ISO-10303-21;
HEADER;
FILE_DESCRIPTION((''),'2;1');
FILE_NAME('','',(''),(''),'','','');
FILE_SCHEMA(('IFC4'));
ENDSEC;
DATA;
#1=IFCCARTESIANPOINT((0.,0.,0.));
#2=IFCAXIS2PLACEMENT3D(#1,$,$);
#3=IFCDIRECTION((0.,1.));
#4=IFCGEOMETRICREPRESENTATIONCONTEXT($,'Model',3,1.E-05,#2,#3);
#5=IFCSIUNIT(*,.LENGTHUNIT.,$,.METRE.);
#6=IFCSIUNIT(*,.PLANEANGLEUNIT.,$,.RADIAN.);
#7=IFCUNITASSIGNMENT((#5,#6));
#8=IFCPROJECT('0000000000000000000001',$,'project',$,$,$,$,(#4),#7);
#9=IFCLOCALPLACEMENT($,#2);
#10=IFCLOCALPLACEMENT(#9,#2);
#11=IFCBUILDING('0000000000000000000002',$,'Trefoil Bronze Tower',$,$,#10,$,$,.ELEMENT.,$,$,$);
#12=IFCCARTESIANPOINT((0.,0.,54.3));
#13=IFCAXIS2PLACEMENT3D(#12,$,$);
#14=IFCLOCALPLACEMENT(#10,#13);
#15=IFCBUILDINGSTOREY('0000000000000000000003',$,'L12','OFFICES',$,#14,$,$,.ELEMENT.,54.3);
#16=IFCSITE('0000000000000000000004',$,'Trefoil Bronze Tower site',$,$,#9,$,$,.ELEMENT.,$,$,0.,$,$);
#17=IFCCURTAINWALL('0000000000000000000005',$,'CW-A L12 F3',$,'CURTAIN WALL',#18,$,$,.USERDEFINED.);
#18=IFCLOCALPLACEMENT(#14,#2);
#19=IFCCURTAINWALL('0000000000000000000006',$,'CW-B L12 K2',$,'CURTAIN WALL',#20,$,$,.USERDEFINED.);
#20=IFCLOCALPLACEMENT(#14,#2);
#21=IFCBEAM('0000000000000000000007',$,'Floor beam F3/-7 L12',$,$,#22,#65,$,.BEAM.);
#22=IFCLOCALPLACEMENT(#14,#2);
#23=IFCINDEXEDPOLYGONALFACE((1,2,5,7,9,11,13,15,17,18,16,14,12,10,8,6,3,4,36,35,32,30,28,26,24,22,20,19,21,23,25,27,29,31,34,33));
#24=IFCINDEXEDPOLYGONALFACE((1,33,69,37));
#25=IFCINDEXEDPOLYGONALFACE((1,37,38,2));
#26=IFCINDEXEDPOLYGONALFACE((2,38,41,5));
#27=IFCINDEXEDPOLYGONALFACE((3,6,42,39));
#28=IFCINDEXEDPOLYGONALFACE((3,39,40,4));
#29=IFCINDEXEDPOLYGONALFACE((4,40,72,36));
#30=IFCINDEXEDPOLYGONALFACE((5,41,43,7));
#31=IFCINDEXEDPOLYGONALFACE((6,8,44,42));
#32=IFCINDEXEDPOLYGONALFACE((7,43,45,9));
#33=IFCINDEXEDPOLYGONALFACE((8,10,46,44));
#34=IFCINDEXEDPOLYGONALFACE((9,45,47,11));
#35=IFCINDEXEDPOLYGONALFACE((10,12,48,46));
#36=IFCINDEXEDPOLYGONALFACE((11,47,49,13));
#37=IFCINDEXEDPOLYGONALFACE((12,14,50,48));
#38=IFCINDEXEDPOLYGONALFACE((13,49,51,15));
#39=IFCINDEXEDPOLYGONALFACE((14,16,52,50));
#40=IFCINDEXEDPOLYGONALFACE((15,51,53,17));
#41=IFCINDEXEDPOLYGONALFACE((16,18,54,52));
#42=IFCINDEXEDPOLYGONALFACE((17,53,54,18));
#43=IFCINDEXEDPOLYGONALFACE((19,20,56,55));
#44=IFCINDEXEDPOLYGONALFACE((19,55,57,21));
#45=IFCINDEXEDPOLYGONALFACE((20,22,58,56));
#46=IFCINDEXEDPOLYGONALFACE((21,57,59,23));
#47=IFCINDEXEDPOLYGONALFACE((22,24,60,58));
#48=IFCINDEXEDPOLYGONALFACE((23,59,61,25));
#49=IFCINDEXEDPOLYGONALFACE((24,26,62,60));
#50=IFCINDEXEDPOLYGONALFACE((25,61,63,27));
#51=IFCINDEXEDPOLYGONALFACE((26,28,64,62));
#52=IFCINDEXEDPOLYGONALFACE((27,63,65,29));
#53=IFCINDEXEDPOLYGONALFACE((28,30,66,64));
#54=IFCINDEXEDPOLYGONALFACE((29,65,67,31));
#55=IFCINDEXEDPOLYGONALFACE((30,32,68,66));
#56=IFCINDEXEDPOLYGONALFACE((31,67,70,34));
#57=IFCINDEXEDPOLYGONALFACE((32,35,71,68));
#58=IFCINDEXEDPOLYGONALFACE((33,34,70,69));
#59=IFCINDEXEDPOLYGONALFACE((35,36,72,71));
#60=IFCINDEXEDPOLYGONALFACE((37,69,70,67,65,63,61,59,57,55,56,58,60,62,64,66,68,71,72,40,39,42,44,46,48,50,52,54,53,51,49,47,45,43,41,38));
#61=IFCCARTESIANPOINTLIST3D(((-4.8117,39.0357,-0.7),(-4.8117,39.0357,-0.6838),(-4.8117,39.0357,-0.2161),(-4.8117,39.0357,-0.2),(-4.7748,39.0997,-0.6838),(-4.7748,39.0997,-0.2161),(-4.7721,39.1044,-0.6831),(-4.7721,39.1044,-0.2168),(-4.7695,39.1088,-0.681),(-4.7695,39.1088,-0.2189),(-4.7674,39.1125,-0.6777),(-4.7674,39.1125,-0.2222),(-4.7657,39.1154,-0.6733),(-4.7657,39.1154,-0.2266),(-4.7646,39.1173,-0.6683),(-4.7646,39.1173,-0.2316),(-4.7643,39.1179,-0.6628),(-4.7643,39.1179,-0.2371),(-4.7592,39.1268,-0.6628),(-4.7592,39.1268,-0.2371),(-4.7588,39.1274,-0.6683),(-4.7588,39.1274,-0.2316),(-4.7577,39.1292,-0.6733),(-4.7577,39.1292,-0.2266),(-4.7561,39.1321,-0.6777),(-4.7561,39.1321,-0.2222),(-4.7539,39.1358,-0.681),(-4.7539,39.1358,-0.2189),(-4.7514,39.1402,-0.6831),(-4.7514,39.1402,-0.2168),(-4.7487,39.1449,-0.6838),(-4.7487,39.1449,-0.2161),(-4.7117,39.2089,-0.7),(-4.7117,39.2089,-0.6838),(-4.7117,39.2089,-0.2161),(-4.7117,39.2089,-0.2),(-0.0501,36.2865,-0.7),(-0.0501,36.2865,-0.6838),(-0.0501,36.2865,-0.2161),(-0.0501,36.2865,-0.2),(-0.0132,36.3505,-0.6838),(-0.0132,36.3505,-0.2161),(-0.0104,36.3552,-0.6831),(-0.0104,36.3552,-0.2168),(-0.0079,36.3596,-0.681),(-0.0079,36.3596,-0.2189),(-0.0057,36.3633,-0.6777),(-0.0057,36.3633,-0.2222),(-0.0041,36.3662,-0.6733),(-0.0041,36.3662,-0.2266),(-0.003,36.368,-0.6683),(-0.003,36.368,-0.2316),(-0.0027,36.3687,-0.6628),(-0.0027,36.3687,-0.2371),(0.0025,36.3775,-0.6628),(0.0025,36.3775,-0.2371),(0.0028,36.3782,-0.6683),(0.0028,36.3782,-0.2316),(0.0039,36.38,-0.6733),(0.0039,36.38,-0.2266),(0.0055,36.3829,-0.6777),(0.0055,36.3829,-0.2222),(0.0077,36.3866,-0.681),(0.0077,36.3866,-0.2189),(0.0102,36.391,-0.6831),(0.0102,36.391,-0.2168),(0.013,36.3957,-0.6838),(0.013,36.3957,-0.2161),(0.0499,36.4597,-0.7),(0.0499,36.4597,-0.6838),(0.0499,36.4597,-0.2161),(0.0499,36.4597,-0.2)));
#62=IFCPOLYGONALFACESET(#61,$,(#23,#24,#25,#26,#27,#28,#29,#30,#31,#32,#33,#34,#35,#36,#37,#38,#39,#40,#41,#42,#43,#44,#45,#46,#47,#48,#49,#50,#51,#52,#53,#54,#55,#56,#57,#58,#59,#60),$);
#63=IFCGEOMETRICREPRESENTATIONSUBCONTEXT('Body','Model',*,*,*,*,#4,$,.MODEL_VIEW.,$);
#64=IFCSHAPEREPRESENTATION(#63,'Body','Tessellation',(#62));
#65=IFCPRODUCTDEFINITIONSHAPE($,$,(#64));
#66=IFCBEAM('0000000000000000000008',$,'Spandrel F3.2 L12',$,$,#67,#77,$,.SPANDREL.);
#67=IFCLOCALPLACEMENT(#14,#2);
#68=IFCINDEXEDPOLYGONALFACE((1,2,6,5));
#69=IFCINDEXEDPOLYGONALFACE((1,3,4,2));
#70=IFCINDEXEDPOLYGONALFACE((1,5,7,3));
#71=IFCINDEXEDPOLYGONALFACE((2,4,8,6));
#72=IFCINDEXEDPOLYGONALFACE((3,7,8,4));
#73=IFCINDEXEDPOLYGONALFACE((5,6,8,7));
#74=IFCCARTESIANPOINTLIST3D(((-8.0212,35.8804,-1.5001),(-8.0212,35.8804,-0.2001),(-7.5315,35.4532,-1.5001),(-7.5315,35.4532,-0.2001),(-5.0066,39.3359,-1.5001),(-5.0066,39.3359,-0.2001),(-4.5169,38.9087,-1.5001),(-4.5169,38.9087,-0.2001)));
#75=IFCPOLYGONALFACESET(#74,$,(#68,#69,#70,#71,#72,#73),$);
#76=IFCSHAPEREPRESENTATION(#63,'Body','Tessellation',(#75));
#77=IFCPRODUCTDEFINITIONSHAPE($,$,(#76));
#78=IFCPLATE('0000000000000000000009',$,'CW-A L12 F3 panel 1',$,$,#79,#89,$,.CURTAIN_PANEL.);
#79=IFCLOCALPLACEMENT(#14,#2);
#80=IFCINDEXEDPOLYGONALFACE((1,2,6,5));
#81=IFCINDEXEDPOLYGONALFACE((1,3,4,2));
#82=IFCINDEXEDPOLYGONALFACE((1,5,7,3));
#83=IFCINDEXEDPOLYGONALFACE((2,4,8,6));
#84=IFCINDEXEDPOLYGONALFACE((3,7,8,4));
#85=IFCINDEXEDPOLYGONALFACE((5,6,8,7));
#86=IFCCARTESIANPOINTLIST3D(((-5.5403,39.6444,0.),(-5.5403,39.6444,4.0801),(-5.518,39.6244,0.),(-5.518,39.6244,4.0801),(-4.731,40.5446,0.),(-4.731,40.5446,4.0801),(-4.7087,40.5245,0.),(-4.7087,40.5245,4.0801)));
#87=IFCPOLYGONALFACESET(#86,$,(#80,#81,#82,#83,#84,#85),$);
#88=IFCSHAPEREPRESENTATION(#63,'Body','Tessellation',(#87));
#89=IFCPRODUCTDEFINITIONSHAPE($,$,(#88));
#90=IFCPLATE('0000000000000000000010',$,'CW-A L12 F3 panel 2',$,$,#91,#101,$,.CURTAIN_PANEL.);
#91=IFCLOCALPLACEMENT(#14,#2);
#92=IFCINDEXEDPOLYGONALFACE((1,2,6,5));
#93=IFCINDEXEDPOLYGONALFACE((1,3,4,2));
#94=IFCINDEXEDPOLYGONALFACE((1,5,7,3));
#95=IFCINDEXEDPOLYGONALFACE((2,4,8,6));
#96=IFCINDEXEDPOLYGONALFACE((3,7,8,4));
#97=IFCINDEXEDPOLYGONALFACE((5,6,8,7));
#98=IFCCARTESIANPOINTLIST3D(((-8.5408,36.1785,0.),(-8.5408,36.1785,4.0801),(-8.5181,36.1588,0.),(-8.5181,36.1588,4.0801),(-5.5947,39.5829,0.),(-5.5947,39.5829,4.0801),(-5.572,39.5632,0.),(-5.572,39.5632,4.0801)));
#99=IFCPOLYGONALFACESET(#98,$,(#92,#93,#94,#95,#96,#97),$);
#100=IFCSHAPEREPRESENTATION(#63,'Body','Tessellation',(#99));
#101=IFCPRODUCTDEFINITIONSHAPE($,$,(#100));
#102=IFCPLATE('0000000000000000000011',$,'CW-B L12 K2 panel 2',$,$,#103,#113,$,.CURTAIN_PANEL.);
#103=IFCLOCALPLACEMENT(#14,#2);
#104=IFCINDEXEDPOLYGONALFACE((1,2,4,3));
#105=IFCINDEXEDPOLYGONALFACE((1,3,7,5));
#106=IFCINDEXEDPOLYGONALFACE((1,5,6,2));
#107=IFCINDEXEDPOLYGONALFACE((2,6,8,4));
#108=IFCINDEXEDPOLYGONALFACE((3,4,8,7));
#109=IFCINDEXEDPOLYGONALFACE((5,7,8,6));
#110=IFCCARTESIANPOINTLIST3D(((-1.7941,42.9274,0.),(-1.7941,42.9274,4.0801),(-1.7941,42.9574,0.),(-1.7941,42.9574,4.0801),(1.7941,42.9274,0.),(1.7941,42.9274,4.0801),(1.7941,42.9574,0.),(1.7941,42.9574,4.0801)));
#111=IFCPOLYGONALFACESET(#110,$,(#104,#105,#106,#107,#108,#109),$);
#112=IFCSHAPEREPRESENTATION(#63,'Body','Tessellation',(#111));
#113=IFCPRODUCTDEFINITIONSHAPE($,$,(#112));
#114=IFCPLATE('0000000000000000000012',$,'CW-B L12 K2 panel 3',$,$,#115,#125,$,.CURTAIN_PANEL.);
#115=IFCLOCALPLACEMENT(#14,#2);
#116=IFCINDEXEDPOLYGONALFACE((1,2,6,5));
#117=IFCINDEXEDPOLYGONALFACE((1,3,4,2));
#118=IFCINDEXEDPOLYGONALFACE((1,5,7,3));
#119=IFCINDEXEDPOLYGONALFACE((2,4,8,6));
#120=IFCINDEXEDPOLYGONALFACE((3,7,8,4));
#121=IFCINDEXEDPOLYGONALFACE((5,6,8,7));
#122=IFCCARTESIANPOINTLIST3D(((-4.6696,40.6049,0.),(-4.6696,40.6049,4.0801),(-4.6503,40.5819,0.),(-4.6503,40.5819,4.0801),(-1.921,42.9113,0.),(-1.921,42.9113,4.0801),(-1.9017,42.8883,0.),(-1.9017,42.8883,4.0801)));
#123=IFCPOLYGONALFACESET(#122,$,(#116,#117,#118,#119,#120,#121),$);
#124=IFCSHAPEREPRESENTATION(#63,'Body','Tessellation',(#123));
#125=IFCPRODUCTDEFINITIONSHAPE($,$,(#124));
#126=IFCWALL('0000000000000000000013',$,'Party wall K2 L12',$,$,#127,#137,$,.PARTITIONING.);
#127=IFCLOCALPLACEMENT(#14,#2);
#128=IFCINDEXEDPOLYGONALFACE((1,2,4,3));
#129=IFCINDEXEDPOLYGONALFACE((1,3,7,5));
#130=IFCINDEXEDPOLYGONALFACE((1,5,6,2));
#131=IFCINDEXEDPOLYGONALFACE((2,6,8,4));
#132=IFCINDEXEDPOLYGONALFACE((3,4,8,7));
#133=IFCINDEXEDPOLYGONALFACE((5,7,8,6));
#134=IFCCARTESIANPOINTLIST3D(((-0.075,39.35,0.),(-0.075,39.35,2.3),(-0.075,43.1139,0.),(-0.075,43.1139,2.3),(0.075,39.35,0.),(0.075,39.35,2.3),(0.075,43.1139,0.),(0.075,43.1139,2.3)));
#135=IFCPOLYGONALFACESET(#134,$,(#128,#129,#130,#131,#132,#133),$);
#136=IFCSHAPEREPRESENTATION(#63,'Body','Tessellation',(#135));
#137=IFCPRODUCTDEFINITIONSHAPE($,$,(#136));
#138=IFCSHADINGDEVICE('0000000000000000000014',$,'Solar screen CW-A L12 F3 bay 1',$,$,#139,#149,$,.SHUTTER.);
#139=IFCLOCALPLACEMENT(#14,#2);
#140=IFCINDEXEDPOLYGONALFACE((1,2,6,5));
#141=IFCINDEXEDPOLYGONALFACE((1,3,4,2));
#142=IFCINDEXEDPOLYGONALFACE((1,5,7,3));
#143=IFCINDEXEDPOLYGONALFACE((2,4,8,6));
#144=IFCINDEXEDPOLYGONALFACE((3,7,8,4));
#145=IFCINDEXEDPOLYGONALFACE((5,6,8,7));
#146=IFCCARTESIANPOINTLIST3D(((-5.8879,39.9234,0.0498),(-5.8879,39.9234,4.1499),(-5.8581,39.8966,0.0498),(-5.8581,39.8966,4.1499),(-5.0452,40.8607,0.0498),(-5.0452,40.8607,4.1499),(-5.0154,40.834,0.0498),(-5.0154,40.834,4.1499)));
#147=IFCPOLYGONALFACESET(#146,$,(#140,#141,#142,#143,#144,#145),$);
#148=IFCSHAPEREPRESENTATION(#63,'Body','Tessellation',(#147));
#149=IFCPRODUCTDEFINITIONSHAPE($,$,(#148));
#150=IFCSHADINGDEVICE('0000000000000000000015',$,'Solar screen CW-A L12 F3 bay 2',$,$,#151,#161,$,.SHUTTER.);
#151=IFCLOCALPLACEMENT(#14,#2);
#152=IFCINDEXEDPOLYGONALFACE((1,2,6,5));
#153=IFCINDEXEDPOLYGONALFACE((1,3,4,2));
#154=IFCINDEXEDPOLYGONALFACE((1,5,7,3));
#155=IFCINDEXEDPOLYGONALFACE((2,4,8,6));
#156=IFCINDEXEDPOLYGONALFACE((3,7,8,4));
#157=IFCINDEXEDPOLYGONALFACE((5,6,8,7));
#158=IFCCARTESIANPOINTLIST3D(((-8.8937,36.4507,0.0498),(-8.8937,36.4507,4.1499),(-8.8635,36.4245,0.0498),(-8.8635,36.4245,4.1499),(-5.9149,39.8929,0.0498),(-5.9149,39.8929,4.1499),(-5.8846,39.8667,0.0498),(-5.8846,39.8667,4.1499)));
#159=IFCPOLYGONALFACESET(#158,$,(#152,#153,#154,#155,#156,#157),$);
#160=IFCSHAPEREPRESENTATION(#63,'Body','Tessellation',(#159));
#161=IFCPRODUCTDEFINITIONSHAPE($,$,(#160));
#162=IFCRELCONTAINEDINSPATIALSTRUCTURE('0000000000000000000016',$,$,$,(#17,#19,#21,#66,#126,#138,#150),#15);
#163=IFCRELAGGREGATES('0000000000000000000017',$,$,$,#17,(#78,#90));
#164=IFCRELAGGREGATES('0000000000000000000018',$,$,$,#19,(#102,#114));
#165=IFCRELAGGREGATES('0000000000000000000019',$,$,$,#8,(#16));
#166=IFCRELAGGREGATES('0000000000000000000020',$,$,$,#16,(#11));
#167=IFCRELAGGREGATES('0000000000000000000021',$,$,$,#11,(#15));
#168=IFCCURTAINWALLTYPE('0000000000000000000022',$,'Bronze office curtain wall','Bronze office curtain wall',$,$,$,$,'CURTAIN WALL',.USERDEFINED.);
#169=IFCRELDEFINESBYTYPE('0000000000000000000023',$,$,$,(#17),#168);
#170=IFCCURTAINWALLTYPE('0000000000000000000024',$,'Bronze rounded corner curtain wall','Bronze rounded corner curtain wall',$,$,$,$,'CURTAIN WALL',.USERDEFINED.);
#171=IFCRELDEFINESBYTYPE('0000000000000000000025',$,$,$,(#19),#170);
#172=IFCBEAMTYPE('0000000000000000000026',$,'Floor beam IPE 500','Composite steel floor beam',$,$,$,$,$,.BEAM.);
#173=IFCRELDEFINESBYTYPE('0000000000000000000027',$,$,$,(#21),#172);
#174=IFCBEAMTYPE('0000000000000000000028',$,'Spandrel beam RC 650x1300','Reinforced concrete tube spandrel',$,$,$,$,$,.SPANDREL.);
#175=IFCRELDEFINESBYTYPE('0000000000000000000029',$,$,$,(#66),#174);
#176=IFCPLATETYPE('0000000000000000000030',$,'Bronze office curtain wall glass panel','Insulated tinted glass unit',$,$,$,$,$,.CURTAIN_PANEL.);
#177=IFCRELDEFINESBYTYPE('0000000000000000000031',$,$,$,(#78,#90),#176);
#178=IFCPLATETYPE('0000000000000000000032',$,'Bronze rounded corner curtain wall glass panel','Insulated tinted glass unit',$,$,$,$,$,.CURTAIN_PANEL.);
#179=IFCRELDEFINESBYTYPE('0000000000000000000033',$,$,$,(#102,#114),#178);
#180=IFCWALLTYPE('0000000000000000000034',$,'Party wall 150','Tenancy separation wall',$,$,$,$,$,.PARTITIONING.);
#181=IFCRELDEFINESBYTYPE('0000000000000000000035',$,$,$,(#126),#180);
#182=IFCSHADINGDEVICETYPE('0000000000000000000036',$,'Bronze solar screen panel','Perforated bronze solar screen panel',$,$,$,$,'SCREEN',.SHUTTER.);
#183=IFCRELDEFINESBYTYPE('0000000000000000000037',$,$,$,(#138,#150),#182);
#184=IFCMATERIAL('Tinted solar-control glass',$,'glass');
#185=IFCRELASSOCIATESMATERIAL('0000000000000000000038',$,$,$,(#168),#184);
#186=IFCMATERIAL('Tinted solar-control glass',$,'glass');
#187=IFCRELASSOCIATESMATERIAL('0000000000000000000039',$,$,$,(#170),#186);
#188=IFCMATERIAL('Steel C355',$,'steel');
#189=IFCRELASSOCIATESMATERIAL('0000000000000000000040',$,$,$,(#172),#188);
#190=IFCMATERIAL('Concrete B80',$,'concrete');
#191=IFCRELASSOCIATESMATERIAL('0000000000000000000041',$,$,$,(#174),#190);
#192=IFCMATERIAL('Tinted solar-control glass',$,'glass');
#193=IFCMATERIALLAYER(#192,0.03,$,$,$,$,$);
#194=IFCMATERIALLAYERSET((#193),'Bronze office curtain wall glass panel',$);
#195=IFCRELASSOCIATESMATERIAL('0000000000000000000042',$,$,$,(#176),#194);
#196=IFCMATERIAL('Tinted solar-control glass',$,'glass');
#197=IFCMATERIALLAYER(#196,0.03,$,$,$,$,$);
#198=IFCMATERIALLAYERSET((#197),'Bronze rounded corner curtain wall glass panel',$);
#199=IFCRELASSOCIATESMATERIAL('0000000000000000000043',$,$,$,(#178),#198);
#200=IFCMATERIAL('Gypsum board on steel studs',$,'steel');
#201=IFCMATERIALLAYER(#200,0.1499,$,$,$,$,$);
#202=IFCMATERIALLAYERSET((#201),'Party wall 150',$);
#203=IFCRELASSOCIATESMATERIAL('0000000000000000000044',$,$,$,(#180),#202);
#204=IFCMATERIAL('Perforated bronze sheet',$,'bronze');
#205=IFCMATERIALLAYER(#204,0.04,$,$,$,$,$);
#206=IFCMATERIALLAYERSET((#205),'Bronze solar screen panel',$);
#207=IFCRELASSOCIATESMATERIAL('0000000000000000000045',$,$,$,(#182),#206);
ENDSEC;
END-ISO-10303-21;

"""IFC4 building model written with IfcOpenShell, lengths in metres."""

from ifc_helpers import new_model, si_unit, direction, frame, frame_2d, origin, origin_2d, place, context, subcontext, project, spatial, rectangle, i_section, extrude, material, layer, layer_set, material_profile, profile_set, type_object, element, aggregate, save


model = new_model("IFC4")

# Units and contexts
model_context = context("Model", 3, precision=1e-05, world=origin(), true_north=direction((0.0, 1.0)))
body_context = subcontext(model_context, "Body", "Model", "MODEL_VIEW")
ifc_project = project(units=[si_unit("LENGTHUNIT", "METRE"), si_unit("PLANEANGLEUNIT", "RADIAN")], contexts=[model_context])

# Site, building, storey
site_placement = place(None, origin())
site = spatial("IfcSite", under=ifc_project, at=site_placement, Name="Trefoil Bronze Tower site", CompositionType="ELEMENT", RefElevation=0.0)
building_placement = place(site_placement, origin())
building = spatial("IfcBuilding", under=site, at=building_placement, Name="Trefoil Bronze Tower", CompositionType="ELEMENT")
storey_placement = place(building_placement, frame((0.0, 0.0, 54.3)))
storey = spatial("IfcBuildingStorey", under=building, at=storey_placement, Name="L12", Description="OFFICES", CompositionType="ELEMENT", Elevation=54.3)

# Curtain walls
ifc_material_1 = material(Name="Tinted solar-control glass", Category="glass")
curtain_wall_type_1 = type_object("IfcCurtainWallType", Name="Bronze office curtain wall", Description="Bronze office curtain wall", ElementType="CURTAIN WALL", PredefinedType="USERDEFINED", material=ifc_material_1)
curtain_wall_1_placement = place(storey_placement, origin())
curtain_wall_1 = element("IfcCurtainWall", 1, at=curtain_wall_1_placement, inside=storey, type_object=curtain_wall_type_1, Name="CW-A L12 F3", ObjectType="CURTAIN WALL", PredefinedType="USERDEFINED")
ifc_material_2 = material(Name="Tinted solar-control glass", Category="glass")
curtain_wall_type_2 = type_object("IfcCurtainWallType", Name="Bronze rounded corner curtain wall", Description="Bronze rounded corner curtain wall", ElementType="CURTAIN WALL", PredefinedType="USERDEFINED", material=ifc_material_2)
curtain_wall_2_placement = place(storey_placement, origin())
curtain_wall_2 = element("IfcCurtainWall", 2, at=curtain_wall_2_placement, inside=storey, type_object=curtain_wall_type_2, Name="CW-B L12 K2", ObjectType="CURTAIN WALL", PredefinedType="USERDEFINED")

# Beams
ifc_material_3 = material(Name="Steel C355", Category="steel")
ifc_material_profile_1 = material_profile(ifc_material_3, i_section(OverallWidth=0.2, OverallDepth=0.5, WebThickness=0.0103, FlangeThickness=0.0161, FilletRadius=0.021, at=origin_2d()), Name="IPE 500")
ifc_profile_set_1 = profile_set([ifc_material_profile_1], Name="Steel C355")
beam_type_1 = type_object("IfcBeamType", Name="Floor beam IPE 500", Description="Composite steel floor beam", PredefinedType="BEAM", material=ifc_profile_set_1)
beam_1_placement = place(storey_placement, frame((-4.7617, 39.1223, -0.45), z_axis=(0.866018, -0.500012, 0.0), x_axis=(0.500012, 0.866018, 0.0)))
element("IfcBeam", 3, at=beam_1_placement, inside=storey, type_object=beam_type_1, Name="Floor beam F3/-7 L12", PredefinedType="BEAM", context=body_context, shape_type="SweptSolid", body=[
    extrude(i_section(OverallWidth=0.2, OverallDepth=0.5, WebThickness=0.0103, FlangeThickness=0.0161, FilletRadius=0.021, at=origin_2d()), origin(), (0.0, 0.0, 1.0), 5.4983),
])
ifc_material_4 = material(Name="Concrete B80", Category="concrete")
ifc_material_profile_2 = material_profile(ifc_material_4, rectangle(XDim=0.6499, YDim=1.3, at=origin_2d()), Name="RC 650x1300")
ifc_profile_set_2 = profile_set([ifc_material_profile_2], Name="Concrete B80")
beam_type_2 = type_object("IfcBeamType", Name="Spandrel beam RC 650x1300", Description="Reinforced concrete tube spandrel", PredefinedType="SPANDREL", material=ifc_profile_set_2)
beam_2_placement = place(storey_placement, frame((-4.7617, 39.1223, -0.8501), z_axis=(-0.657396, -0.753545, 0.0), x_axis=(0.753545, -0.657396, 0.0)))
element("IfcBeam", 4, at=beam_2_placement, inside=storey, type_object=beam_type_2, Name="Spandrel F3.2 L12", PredefinedType="SPANDREL", context=body_context, shape_type="SweptSolid", body=[
    extrude(rectangle(XDim=0.6499, YDim=1.3, at=origin_2d()), origin(), (0.0, 0.0, 1.0), 4.5857),
])

# Plates
ifc_material_5 = material(Name="Tinted solar-control glass", Category="glass")
ifc_layer_1 = layer(ifc_material_5, 0.03)
ifc_layer_set_1 = layer_set([ifc_layer_1], Name="Bronze office curtain wall glass panel")
plate_type_1 = type_object("IfcPlateType", Name="Bronze office curtain wall glass panel", Description="Insulated tinted glass unit", PredefinedType="CURTAIN_PANEL", material=ifc_layer_set_1)
plate_1_placement = place(storey_placement, frame((-5.1245, 40.0845, 0.0), z_axis=(0.0, 0.0, 1.0), x_axis=(-0.668575, -0.743645, 0.0)))
plate_1 = element("IfcPlate", 5, at=plate_1_placement, type_object=plate_type_1, Name="CW-A L12 F3 panel 1", PredefinedType="CURTAIN_PANEL", context=body_context, shape_type="SweptSolid", body=[
    extrude(rectangle(XDim=1.2104, YDim=0.03, at=origin_2d()), origin(), (0.0, 0.0, 1.0), 4.0801),
])
plate_2_placement = place(storey_placement, frame((-7.0564, 37.8708, 0.0), z_axis=(0.0, 0.0, 1.0), x_axis=(-0.654376, -0.756169, 0.0)))
plate_2 = element("IfcPlate", 6, at=plate_2_placement, type_object=plate_type_1, Name="CW-A L12 F3 panel 2", PredefinedType="CURTAIN_PANEL", context=body_context, shape_type="SweptSolid", body=[
    extrude(rectangle(XDim=4.5022, YDim=0.03, at=origin_2d()), origin(), (0.0, 0.0, 1.0), 4.0801),
])
aggregate(curtain_wall_1, [plate_1, plate_2])
ifc_material_6 = material(Name="Tinted solar-control glass", Category="glass")
ifc_layer_2 = layer(ifc_material_6, 0.03)
ifc_layer_set_2 = layer_set([ifc_layer_2], Name="Bronze rounded corner curtain wall glass panel")
plate_type_2 = type_object("IfcPlateType", Name="Bronze rounded corner curtain wall glass panel", Description="Insulated tinted glass unit", PredefinedType="CURTAIN_PANEL", material=ifc_layer_set_2)
plate_3_placement = place(storey_placement, frame((0.0, 42.9424, 0.0), z_axis=(0.0, 0.0, 1.0), x_axis=(-1.0, 0.0, 0.0)))
plate_3 = element("IfcPlate", 7, at=plate_3_placement, type_object=plate_type_2, Name="CW-B L12 K2 panel 2", PredefinedType="CURTAIN_PANEL", context=body_context, shape_type="SweptSolid", body=[
    extrude(rectangle(XDim=3.5881, YDim=0.03, at=origin_2d()), origin(), (0.0, 0.0, 1.0), 4.0801),
])
plate_4_placement = place(storey_placement, frame((-3.2856, 41.7466, 0.0), z_axis=(0.0, 0.0, 1.0), x_axis=(-0.766044, -0.642788, 0.0)))
plate_4 = element("IfcPlate", 8, at=plate_4_placement, type_object=plate_type_2, Name="CW-B L12 K2 panel 3", PredefinedType="CURTAIN_PANEL", context=body_context, shape_type="SweptSolid", body=[
    extrude(rectangle(XDim=3.5881, YDim=0.03, at=origin_2d()), origin(), (0.0, 0.0, 1.0), 4.0801),
])
aggregate(curtain_wall_2, [plate_3, plate_4])

# Wall
ifc_material_7 = material(Name="Gypsum board on steel studs", Category="steel")
ifc_layer_3 = layer(ifc_material_7, 0.1499)
ifc_layer_set_3 = layer_set([ifc_layer_3], Name="Party wall 150")
wall_type = type_object("IfcWallType", Name="Party wall 150", Description="Tenancy separation wall", PredefinedType="PARTITIONING", material=ifc_layer_set_3)
wall_placement = place(storey_placement, frame((0.0, 39.3501, 0.0), z_axis=(0.0, 0.0, 1.0), x_axis=(0.0, 1.0, 0.0)))
element("IfcWall", 9, at=wall_placement, inside=storey, type_object=wall_type, Name="Party wall K2 L12", PredefinedType="PARTITIONING", context=body_context, shape_type="SweptSolid", body=[
    extrude(rectangle(XDim=3.7639, YDim=0.1499, at=frame_2d((1.8818, 0.0))), origin(), (0.0, 0.0, 1.0), 2.3),
])

# Shading devices
ifc_material_8 = material(Name="Perforated bronze sheet", Category="bronze")
ifc_layer_4 = layer(ifc_material_8, 0.04)
ifc_layer_set_4 = layer_set([ifc_layer_4], Name="Bronze solar screen panel")
shading_device_type = type_object("IfcShadingDeviceType", Name="Bronze solar screen panel", Description="Perforated bronze solar screen panel", ElementType="SCREEN", PredefinedType="SHUTTER", material=ifc_layer_set_4)
shading_device_1_placement = place(storey_placement, frame((-5.4517, 40.3787, 0.0498), z_axis=(0.0, 0.0, 1.0), x_axis=(-0.668575, -0.743645, 0.0)))
element("IfcShadingDevice", 10, at=shading_device_1_placement, inside=storey, type_object=shading_device_type, Name="Solar screen CW-A L12 F3 bay 1", PredefinedType="SHUTTER", context=body_context, shape_type="SweptSolid", body=[
    extrude(rectangle(XDim=1.2605, YDim=0.04, at=origin_2d()), origin(), (0.0, 0.0, 1.0), 4.1001),
])
shading_device_2_placement = place(storey_placement, frame((-7.3892, 38.1587, 0.0498), z_axis=(0.0, 0.0, 1.0), x_axis=(-0.654376, -0.756169, 0.0)))
element("IfcShadingDevice", 11, at=shading_device_2_placement, inside=storey, type_object=shading_device_type, Name="Solar screen CW-A L12 F3 bay 2", PredefinedType="SHUTTER", context=body_context, shape_type="SweptSolid", body=[
    extrude(rectangle(XDim=4.5522, YDim=0.04, at=origin_2d()), origin(), (0.0, 0.0, 1.0), 4.1001),
])

save(model, "model.ifc")
